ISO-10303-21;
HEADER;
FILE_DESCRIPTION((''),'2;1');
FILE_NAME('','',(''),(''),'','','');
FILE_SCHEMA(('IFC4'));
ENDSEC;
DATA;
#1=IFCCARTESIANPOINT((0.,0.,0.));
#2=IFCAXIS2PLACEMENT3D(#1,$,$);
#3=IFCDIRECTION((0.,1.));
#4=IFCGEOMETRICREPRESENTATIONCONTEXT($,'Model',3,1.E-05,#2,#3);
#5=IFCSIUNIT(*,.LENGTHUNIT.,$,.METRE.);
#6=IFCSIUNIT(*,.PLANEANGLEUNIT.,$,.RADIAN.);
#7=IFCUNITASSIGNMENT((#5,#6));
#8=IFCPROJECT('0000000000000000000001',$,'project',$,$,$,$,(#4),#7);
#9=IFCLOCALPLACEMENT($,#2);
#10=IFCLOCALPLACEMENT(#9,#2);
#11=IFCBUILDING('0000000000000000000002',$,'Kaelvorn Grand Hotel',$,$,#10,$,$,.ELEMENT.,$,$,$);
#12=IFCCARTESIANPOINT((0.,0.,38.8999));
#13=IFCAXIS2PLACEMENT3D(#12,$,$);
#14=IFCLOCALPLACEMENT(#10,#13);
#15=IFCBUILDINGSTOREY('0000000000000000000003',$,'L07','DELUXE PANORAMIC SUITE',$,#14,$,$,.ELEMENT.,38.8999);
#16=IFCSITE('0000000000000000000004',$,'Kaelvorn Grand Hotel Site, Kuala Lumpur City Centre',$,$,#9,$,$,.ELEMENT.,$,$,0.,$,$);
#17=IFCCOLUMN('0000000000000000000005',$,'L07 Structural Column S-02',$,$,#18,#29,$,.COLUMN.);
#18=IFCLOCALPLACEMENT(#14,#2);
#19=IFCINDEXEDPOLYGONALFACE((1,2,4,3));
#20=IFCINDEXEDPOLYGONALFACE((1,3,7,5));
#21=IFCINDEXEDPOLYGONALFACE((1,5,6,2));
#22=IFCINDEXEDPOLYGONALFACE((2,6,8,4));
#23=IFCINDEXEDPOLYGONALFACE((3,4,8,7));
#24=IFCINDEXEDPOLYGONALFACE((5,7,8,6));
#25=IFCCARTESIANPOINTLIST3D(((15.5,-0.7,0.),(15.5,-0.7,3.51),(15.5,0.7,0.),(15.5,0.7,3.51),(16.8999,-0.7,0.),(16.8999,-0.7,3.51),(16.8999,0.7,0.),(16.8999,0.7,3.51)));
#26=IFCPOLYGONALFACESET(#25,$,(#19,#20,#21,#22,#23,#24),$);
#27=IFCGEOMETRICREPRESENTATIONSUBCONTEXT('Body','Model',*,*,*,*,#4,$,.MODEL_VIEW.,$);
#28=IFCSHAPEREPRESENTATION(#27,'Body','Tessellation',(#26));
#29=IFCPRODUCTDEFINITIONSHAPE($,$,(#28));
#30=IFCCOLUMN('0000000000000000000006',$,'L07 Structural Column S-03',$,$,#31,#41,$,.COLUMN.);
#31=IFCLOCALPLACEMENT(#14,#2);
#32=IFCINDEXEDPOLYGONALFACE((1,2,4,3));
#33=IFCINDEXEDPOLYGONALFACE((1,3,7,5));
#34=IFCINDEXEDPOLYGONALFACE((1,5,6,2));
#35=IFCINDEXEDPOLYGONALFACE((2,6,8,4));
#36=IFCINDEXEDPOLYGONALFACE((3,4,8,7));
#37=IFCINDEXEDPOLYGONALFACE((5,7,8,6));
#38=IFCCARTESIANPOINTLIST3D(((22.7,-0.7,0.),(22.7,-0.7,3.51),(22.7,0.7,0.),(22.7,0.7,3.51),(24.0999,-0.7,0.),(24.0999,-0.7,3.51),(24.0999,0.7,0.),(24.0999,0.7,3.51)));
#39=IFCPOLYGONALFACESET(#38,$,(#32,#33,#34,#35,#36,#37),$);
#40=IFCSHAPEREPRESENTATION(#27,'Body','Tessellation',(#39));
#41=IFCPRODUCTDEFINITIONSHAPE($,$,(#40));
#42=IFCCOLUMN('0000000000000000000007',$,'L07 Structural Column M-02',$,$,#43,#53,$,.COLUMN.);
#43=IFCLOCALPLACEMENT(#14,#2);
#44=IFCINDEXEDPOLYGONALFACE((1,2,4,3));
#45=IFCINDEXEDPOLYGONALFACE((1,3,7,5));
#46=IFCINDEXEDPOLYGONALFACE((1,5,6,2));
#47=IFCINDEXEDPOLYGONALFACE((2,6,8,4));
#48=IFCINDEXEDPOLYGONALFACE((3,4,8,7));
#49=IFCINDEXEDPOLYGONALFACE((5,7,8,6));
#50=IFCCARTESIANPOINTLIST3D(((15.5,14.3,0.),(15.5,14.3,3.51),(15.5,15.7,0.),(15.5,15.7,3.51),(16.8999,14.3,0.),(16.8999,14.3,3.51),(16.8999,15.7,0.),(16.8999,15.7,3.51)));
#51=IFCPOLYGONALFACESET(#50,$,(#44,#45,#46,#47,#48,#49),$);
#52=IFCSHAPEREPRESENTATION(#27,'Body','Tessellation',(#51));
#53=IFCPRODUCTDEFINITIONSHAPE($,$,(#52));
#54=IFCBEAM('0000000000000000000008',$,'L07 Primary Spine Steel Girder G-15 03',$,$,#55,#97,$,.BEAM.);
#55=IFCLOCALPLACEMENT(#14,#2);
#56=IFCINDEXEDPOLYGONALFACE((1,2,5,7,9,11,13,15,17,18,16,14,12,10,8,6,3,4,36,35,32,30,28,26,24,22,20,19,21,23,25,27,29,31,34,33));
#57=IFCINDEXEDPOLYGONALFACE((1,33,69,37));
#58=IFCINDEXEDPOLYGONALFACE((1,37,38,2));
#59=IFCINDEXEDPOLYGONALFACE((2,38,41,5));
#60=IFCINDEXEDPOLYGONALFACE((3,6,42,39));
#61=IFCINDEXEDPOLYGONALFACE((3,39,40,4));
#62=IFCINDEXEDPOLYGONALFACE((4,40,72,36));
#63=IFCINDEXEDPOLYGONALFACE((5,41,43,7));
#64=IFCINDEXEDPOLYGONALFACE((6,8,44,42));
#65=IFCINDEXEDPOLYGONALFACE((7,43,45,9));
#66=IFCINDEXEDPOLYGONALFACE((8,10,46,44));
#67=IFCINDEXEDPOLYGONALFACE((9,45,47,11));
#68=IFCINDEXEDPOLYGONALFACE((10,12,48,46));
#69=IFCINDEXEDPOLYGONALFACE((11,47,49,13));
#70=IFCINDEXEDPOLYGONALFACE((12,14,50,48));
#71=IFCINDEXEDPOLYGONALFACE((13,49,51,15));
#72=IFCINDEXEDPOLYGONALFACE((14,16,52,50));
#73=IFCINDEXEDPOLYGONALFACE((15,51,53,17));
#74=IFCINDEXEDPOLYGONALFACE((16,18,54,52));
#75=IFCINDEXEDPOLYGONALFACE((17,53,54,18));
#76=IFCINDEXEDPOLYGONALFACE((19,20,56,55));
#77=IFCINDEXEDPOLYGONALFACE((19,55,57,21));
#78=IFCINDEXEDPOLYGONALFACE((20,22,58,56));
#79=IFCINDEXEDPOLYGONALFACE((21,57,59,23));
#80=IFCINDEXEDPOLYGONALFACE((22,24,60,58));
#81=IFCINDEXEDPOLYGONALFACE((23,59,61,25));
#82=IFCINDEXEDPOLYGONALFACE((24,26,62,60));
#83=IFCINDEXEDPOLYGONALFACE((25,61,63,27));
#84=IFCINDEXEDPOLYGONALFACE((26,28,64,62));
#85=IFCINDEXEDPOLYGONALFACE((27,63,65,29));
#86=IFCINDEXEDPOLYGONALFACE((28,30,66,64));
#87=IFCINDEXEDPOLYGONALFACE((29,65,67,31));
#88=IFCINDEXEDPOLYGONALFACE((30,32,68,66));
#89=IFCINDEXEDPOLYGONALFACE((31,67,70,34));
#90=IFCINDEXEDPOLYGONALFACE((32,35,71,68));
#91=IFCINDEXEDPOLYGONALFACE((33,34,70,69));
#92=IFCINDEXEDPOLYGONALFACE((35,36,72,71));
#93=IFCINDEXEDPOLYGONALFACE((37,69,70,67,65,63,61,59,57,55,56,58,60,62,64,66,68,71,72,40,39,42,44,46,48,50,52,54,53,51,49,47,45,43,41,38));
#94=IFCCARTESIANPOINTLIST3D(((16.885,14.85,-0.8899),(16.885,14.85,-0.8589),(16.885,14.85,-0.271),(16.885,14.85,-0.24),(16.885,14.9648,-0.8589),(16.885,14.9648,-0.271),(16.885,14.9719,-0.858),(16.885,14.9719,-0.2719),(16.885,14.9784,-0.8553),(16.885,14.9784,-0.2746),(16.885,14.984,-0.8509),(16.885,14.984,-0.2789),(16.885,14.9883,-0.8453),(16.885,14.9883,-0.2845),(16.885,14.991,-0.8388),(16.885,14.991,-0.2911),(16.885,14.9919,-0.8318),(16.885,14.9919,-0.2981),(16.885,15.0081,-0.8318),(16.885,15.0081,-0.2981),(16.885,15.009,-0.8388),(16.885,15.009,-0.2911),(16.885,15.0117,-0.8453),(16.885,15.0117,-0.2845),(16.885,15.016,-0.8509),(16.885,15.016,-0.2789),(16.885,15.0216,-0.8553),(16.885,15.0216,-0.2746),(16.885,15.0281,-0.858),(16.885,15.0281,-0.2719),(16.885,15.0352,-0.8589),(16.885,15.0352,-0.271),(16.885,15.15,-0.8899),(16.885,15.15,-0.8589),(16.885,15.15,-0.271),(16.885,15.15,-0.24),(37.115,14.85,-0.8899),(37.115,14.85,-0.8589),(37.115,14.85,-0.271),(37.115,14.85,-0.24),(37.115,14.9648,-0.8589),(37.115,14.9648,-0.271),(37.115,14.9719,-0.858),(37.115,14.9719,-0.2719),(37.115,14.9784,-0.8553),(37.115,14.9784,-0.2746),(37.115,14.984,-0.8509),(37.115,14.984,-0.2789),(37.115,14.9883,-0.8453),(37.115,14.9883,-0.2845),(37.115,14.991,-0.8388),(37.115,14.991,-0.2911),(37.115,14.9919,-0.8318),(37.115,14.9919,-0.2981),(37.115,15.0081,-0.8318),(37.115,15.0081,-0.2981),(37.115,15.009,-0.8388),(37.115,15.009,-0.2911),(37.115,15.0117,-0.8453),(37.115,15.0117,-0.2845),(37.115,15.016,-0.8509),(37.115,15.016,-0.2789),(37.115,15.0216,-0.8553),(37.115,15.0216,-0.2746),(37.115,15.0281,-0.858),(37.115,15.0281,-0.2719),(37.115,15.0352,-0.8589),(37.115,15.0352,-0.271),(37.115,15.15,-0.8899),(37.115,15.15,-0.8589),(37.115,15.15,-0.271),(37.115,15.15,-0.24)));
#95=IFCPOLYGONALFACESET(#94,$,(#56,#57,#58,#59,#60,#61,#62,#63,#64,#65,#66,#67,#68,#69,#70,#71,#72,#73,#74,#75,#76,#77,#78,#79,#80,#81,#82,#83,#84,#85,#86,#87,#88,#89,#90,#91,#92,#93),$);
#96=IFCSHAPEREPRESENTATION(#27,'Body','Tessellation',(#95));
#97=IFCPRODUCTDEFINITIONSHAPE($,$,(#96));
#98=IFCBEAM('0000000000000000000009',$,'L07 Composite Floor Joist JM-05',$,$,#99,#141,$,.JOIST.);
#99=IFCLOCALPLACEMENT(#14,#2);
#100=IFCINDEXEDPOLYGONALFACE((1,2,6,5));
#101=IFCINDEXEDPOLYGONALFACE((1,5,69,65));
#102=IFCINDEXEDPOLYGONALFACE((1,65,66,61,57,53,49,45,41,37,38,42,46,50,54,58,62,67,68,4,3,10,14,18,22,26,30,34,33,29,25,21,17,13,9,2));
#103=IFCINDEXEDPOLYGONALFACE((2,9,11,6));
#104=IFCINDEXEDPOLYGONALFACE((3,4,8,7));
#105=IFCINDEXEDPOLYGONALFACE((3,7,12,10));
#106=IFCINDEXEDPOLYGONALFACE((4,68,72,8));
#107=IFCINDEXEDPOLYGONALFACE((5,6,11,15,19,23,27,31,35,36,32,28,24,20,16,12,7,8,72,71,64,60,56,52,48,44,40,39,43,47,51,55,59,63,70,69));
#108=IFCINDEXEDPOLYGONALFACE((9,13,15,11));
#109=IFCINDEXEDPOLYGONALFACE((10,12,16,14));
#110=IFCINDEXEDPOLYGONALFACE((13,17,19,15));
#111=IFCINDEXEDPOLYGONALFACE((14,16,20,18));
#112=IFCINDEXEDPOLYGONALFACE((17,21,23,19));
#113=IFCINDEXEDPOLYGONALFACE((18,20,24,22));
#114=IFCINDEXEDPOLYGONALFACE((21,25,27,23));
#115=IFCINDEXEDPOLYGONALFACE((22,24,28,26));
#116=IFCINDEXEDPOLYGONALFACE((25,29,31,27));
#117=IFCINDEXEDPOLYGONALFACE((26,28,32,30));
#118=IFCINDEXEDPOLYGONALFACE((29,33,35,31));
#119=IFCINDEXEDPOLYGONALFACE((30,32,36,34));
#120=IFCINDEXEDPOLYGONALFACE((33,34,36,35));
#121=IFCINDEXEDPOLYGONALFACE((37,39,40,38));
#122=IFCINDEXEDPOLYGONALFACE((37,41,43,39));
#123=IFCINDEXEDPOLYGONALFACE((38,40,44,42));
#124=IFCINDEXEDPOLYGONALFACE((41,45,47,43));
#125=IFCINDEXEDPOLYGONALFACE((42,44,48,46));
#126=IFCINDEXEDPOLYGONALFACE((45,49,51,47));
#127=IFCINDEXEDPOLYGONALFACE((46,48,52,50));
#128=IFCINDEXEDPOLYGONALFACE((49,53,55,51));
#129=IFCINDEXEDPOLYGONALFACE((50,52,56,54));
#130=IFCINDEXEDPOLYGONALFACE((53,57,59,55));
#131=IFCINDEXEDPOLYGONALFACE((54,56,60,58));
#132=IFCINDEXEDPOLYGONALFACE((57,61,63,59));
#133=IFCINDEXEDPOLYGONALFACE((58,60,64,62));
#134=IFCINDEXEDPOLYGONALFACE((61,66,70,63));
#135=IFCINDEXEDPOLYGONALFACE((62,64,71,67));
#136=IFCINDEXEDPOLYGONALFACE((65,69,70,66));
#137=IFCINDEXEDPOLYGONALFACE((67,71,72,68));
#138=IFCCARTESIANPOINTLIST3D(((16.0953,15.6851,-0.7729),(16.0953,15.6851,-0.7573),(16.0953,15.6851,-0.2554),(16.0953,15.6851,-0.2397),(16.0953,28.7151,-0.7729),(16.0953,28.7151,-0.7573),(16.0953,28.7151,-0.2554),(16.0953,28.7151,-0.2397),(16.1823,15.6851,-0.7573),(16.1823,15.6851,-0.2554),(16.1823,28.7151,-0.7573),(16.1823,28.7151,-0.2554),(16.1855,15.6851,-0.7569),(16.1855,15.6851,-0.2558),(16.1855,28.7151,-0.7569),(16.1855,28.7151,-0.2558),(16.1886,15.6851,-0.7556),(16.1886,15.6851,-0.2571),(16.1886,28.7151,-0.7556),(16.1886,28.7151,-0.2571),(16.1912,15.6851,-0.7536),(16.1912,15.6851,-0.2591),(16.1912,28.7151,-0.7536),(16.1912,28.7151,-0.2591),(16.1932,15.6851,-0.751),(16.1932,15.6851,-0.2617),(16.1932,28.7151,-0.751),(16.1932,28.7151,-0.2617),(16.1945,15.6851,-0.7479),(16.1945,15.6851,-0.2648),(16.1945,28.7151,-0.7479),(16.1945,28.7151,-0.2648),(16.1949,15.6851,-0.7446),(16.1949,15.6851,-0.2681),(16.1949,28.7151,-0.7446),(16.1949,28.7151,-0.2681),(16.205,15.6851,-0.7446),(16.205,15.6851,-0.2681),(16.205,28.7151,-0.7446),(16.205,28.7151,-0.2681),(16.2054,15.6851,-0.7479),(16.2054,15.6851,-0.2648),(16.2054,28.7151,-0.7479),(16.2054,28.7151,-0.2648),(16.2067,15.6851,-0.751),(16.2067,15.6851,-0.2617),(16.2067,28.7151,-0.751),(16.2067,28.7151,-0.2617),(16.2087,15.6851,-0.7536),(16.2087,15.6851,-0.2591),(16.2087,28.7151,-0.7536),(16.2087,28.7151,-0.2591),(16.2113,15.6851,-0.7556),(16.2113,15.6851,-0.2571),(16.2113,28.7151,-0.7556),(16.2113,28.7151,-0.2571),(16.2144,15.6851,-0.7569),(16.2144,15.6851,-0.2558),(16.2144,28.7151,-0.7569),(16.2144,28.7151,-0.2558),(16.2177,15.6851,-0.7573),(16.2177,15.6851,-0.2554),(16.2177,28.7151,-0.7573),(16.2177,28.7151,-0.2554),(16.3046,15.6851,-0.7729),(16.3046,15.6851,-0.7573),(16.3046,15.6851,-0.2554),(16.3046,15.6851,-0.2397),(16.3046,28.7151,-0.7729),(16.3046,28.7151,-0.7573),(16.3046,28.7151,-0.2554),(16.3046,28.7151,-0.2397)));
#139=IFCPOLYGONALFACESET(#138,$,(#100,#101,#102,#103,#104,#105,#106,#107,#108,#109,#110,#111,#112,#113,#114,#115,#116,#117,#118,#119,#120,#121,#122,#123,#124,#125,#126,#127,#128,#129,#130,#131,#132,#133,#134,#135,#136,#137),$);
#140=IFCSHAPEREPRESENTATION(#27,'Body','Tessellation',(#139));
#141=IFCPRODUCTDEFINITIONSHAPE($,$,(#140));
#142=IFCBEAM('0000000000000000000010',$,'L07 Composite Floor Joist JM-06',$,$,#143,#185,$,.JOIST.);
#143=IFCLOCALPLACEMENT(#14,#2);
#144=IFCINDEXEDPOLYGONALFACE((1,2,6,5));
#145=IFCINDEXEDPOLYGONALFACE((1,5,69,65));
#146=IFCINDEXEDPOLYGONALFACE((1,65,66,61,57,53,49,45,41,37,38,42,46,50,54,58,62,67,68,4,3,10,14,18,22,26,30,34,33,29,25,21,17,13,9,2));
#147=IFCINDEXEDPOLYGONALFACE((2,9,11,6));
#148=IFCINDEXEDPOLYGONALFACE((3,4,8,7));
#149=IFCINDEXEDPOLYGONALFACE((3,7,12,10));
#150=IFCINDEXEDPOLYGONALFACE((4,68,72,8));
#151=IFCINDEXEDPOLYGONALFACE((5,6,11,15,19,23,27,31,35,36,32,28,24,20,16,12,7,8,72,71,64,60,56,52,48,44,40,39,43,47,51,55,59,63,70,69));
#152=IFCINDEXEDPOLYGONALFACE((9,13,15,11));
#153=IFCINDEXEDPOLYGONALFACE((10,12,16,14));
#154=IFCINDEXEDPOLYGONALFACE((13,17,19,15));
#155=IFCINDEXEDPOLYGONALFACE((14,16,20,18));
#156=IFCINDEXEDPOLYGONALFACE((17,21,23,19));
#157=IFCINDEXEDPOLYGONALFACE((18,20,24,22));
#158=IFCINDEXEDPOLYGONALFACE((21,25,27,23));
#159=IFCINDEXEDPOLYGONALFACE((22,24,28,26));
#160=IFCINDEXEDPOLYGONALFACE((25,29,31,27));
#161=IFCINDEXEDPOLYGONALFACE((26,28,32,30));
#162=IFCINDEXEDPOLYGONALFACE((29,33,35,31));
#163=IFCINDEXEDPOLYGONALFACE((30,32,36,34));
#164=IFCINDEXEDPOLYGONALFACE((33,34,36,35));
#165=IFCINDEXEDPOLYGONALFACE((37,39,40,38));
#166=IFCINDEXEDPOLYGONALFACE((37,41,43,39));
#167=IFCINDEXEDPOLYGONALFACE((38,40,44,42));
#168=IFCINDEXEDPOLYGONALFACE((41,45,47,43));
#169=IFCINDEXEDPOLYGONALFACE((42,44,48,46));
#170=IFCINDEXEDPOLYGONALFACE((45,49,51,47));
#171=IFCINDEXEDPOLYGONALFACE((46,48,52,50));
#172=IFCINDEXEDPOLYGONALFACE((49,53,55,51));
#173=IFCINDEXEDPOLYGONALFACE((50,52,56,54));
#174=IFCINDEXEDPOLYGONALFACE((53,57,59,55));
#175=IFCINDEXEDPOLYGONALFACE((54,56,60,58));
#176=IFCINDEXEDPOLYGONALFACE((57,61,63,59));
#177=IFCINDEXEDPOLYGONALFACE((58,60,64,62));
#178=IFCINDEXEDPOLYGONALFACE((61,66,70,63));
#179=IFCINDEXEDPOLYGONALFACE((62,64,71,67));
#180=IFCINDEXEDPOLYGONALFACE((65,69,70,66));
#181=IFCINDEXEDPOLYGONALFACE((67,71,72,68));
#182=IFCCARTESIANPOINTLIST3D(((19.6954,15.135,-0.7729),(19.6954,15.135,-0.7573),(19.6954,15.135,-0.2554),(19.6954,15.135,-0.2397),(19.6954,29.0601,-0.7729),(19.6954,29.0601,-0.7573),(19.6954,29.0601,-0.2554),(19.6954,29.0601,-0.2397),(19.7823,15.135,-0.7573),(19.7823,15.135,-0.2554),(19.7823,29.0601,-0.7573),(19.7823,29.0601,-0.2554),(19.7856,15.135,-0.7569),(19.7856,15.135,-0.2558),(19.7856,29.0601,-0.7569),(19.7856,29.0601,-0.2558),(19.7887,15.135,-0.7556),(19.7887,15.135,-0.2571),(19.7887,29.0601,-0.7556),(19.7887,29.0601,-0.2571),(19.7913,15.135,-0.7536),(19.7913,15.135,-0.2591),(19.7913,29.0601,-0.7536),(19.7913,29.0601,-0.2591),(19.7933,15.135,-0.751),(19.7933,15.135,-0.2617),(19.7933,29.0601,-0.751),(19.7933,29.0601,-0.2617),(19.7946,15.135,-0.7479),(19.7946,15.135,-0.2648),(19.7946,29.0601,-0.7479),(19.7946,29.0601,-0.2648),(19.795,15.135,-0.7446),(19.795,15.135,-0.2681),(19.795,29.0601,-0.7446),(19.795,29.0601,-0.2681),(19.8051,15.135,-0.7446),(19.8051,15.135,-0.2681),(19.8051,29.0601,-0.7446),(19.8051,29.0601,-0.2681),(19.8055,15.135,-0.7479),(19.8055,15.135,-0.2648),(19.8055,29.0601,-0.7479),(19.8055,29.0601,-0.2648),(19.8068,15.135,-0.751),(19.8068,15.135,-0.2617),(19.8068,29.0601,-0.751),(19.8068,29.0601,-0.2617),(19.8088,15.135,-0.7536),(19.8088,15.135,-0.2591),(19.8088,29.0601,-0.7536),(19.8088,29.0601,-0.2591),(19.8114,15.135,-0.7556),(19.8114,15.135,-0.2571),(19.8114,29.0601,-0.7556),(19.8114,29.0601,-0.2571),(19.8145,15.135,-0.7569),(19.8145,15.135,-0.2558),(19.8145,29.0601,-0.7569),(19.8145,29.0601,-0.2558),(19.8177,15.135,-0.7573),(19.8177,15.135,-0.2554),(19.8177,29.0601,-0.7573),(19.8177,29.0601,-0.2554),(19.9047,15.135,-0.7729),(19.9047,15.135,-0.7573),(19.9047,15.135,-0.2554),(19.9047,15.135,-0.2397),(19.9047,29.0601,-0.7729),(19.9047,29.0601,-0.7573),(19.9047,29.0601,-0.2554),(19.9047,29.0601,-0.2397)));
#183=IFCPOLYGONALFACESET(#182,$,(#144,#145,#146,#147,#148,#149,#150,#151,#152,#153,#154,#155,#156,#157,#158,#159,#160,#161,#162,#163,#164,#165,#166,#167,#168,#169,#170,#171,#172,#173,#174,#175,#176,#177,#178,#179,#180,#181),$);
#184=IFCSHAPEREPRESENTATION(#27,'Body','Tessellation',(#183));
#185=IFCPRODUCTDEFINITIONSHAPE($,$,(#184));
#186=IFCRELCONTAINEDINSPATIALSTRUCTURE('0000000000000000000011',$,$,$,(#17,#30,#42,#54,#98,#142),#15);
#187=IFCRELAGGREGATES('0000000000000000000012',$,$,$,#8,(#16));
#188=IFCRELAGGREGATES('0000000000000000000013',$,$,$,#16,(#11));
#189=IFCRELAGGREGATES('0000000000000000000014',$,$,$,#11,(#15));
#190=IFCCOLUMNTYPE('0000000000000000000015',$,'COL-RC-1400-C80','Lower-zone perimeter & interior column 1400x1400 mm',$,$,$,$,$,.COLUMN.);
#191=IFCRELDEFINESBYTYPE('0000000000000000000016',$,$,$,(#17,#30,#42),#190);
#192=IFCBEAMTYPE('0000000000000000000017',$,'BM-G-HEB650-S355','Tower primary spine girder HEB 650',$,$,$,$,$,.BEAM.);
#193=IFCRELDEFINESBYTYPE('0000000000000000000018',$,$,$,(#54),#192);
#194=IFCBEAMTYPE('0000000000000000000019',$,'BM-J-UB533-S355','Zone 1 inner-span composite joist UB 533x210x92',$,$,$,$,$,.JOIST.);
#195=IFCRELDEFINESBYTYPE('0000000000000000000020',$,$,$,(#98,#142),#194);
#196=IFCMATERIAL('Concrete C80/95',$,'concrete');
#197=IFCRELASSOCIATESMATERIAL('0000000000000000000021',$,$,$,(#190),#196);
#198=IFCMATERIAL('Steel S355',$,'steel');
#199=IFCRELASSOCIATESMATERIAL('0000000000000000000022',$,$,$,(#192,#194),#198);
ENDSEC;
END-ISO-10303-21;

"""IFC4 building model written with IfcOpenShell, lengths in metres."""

from ifc_helpers import new_model, si_unit, direction, frame, origin, origin_2d, place, context, subcontext, project, spatial, rectangle, i_section, extrude, material, material_profile, profile_set, type_object, element, save


model = new_model("IFC4")

# Units and contexts
model_context = context("Model", 3, precision=1e-05, world=origin(), true_north=direction((0.0, 1.0)))
body_context = subcontext(model_context, "Body", "Model", "MODEL_VIEW")
ifc_project = project(units=[si_unit("LENGTHUNIT", "METRE"), si_unit("PLANEANGLEUNIT", "RADIAN")], contexts=[model_context])

# Site, building, storey
site_placement = place(None, origin())
site = spatial("IfcSite", under=ifc_project, at=site_placement, Name="Kaelvorn Grand Hotel Site, Kuala Lumpur City Centre", CompositionType="ELEMENT", RefElevation=0.0)
building_placement = place(site_placement, origin())
building = spatial("IfcBuilding", under=site, at=building_placement, Name="Kaelvorn Grand Hotel", CompositionType="ELEMENT")
storey_placement = place(building_placement, frame((0.0, 0.0, 38.8999)))
storey = spatial("IfcBuildingStorey", under=building, at=storey_placement, Name="L07", Description="DELUXE PANORAMIC SUITE", CompositionType="ELEMENT", Elevation=38.8999)

# Columns
ifc_material_1 = material(Name="Concrete C80/95", Category="concrete")
ifc_material_profile_1 = material_profile(ifc_material_1, rectangle(XDim=1.3999, YDim=1.3999, at=origin_2d()), Name="RC COL 1400x1400")
ifc_profile_set_1 = profile_set([ifc_material_profile_1], Name="Concrete C80/95")
column_type = type_object("IfcColumnType", Name="COL-RC-1400-C80", Description="Lower-zone perimeter & interior column 1400x1400 mm", PredefinedType="COLUMN", material=ifc_profile_set_1)
for number, where, z_axis, x_axis, name in (
    (1, (16.2, 0.0, 0.0), (0.0, 0.0, 1.0), (1.0, 0.0, 0.0), "L07 Structural Column S-02"),
    (2, (23.3999, 0.0, 0.0), (0.0, 0.0, 1.0), (1.0, 0.0, 0.0), "L07 Structural Column S-03"),
    (3, (16.2, 15.0, 0.0), (0.0, 0.0, 1.0), (1.0, 0.0, 0.0), "L07 Structural Column M-02"),
):
    element("IfcColumn", number, at=place(storey_placement, frame(where, z_axis=z_axis, x_axis=x_axis)), inside=storey, type_object=column_type, Name=name, PredefinedType="COLUMN", context=body_context, shape_type="SweptSolid", body=[
        extrude(rectangle(XDim=1.3999, YDim=1.3999, at=origin_2d()), origin(), (0.0, 0.0, 1.0), 3.51),
    ])

# Beams
ifc_material_2 = material(Name="Steel S355", Category="steel")
ifc_material_profile_2 = material_profile(ifc_material_2, i_section(OverallWidth=0.3, OverallDepth=0.6499, WebThickness=0.0161, FlangeThickness=0.031, FilletRadius=0.0271, at=origin_2d()), Name="HEB 650")
ifc_profile_set_2 = profile_set([ifc_material_profile_2], Name="Steel S355")
beam_type_1 = type_object("IfcBeamType", Name="BM-G-HEB650-S355", Description="Tower primary spine girder HEB 650", PredefinedType="BEAM", material=ifc_profile_set_2)
beam_1_placement = place(storey_placement, frame((16.885, 15.0, -0.5649), z_axis=(1.0, 0.0, 0.0), x_axis=(0.0, 1.0, 0.0)))
element("IfcBeam", 4, at=beam_1_placement, inside=storey, type_object=beam_type_1, Name="L07 Primary Spine Steel Girder G-15 03", PredefinedType="BEAM", context=body_context, shape_type="SweptSolid", body=[
    extrude(i_section(OverallWidth=0.3, OverallDepth=0.6499, WebThickness=0.0161, FlangeThickness=0.031, FilletRadius=0.0271, at=origin_2d()), origin(), (0.0, 0.0, 1.0), 20.23),
])
ifc_material_profile_3 = material_profile(ifc_material_2, i_section(OverallWidth=0.2092, OverallDepth=0.5332, WebThickness=0.01, FlangeThickness=0.0156, FilletRadius=0.0127, at=origin_2d()), Name="UB 533x210x92")
ifc_profile_set_3 = profile_set([ifc_material_profile_3], Name="Steel S355")
beam_type_2 = type_object("IfcBeamType", Name="BM-J-UB533-S355", Description="Zone 1 inner-span composite joist UB 533x210x92", PredefinedType="JOIST", material=ifc_profile_set_3)
beam_2_placement = place(storey_placement, frame((16.2, 15.6851, -0.5063), z_axis=(0.0, 1.0, 0.0), x_axis=(-1.0, 0.0, 0.0)))
element("IfcBeam", 5, at=beam_2_placement, inside=storey, type_object=beam_type_2, Name="L07 Composite Floor Joist JM-05", PredefinedType="JOIST", context=body_context, shape_type="SweptSolid", body=[
    extrude(i_section(OverallWidth=0.2092, OverallDepth=0.5332, WebThickness=0.01, FlangeThickness=0.0156, FilletRadius=0.0127, at=origin_2d()), origin(), (0.0, 0.0, 1.0), 13.03),
])
beam_3_placement = place(storey_placement, frame((19.8, 15.135, -0.5063), z_axis=(0.0, 1.0, 0.0), x_axis=(-1.0, 0.0, 0.0)))
element("IfcBeam", 6, at=beam_3_placement, inside=storey, type_object=beam_type_2, Name="L07 Composite Floor Joist JM-06", PredefinedType="JOIST", context=body_context, shape_type="SweptSolid", body=[
    extrude(i_section(OverallWidth=0.2092, OverallDepth=0.5332, WebThickness=0.01, FlangeThickness=0.0156, FilletRadius=0.0127, at=origin_2d()), origin(), (0.0, 0.0, 1.0), 13.925),
])

save(model, "model.ifc")
